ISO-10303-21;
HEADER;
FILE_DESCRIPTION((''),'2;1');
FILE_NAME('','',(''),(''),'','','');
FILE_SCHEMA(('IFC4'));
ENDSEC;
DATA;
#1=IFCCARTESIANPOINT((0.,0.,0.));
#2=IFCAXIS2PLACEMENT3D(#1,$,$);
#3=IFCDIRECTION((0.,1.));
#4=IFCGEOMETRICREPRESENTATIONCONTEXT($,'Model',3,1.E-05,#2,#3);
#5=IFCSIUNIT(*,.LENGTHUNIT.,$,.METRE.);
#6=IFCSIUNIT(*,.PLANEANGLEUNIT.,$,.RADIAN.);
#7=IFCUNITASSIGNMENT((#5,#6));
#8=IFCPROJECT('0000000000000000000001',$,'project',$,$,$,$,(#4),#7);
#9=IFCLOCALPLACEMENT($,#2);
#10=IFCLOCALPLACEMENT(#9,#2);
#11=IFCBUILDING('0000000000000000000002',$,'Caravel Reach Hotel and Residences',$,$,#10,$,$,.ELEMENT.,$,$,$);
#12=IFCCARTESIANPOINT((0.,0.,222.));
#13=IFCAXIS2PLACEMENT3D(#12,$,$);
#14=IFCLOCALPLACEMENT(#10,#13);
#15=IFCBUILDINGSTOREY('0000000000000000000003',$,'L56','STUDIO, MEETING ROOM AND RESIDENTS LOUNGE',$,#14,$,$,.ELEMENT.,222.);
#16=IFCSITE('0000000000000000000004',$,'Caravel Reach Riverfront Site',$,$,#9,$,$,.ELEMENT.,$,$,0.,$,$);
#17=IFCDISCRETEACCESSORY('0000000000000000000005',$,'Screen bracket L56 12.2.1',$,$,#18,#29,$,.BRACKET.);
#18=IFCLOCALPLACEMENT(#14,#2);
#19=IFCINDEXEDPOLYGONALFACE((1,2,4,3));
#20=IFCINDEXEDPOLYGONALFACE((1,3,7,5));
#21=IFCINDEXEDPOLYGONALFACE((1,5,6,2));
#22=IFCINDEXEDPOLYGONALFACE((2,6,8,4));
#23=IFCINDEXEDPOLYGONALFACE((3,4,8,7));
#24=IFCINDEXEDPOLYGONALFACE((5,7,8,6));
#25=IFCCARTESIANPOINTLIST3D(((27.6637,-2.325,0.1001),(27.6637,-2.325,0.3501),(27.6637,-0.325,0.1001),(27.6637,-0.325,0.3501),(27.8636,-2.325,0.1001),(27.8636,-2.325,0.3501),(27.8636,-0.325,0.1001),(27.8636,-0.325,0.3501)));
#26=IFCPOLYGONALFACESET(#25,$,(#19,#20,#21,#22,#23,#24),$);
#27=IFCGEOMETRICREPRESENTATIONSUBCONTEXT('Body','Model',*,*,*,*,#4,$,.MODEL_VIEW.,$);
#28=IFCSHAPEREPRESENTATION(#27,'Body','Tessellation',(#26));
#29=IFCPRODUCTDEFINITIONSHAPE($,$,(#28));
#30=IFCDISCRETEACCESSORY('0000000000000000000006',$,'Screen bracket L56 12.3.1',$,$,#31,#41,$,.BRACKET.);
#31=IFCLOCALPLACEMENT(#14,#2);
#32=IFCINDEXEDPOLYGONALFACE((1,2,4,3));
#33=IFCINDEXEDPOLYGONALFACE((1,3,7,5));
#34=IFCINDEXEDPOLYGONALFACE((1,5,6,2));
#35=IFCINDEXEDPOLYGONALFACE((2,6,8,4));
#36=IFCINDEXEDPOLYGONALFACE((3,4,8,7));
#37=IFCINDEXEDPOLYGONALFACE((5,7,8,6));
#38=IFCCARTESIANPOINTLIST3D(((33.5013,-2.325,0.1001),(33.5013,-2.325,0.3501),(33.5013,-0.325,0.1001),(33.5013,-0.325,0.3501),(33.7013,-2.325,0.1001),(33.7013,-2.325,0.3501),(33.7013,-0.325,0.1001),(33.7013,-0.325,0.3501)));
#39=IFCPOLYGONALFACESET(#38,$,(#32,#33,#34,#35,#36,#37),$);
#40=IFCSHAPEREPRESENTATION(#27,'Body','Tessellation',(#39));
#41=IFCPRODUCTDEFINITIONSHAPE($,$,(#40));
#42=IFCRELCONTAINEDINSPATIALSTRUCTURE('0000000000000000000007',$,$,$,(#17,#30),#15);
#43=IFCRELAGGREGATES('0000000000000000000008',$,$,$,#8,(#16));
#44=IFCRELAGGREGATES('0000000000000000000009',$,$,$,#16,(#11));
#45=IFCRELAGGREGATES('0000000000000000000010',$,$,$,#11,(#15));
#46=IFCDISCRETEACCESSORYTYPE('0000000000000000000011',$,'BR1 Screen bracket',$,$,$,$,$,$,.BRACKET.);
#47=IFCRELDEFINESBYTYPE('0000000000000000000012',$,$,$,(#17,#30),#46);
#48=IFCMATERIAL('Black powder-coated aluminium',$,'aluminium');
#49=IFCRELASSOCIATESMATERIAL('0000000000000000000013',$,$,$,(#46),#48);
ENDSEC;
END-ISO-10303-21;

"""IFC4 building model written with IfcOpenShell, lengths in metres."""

from ifc_helpers import new_model, si_unit, direction, frame, origin, origin_2d, place, context, subcontext, project, spatial, rectangle, extrude, material, type_object, element, save


model = new_model("IFC4")

# Units and contexts
model_context = context("Model", 3, precision=1e-05, world=origin(), true_north=direction((0.0, 1.0)))
body_context = subcontext(model_context, "Body", "Model", "MODEL_VIEW")
ifc_project = project(units=[si_unit("LENGTHUNIT", "METRE"), si_unit("PLANEANGLEUNIT", "RADIAN")], contexts=[model_context])

# Site, building, storey
site_placement = place(None, origin())
site = spatial("IfcSite", under=ifc_project, at=site_placement, Name="Caravel Reach Riverfront Site", CompositionType="ELEMENT", RefElevation=0.0)
building_placement = place(site_placement, origin())
building = spatial("IfcBuilding", under=site, at=building_placement, Name="Caravel Reach Hotel and Residences", CompositionType="ELEMENT")
storey_placement = place(building_placement, frame((0.0, 0.0, 222.0)))
storey = spatial("IfcBuildingStorey", under=building, at=storey_placement, Name="L56", Description="STUDIO, MEETING ROOM AND RESIDENTS LOUNGE", CompositionType="ELEMENT", Elevation=222.0)

# Discrete accessories
ifc_material_1 = material(Name="Black powder-coated aluminium", Category="aluminium")
discrete_accessory_type = type_object("IfcDiscreteAccessoryType", Name="BR1 Screen bracket", PredefinedType="BRACKET", material=ifc_material_1)
for number, where, z_axis, x_axis, name in (
    (1, (27.7637, -1.325, 0.1001), (0.0, 0.0, 1.0), (0.0, -1.0, 0.0), "Screen bracket L56 12.2.1"),
    (2, (33.6013, -1.325, 0.1001), (0.0, 0.0, 1.0), (0.0, -1.0, 0.0), "Screen bracket L56 12.3.1"),
):
    element("IfcDiscreteAccessory", number, at=place(storey_placement, frame(where, z_axis=z_axis, x_axis=x_axis)), inside=storey, type_object=discrete_accessory_type, Name=name, PredefinedType="BRACKET", context=body_context, shape_type="SweptSolid", body=[
        extrude(rectangle(XDim=2.0, YDim=0.2, at=origin_2d()), origin(), (0.0, 0.0, 1.0), 0.25),
    ])

save(model, "model.ifc")
